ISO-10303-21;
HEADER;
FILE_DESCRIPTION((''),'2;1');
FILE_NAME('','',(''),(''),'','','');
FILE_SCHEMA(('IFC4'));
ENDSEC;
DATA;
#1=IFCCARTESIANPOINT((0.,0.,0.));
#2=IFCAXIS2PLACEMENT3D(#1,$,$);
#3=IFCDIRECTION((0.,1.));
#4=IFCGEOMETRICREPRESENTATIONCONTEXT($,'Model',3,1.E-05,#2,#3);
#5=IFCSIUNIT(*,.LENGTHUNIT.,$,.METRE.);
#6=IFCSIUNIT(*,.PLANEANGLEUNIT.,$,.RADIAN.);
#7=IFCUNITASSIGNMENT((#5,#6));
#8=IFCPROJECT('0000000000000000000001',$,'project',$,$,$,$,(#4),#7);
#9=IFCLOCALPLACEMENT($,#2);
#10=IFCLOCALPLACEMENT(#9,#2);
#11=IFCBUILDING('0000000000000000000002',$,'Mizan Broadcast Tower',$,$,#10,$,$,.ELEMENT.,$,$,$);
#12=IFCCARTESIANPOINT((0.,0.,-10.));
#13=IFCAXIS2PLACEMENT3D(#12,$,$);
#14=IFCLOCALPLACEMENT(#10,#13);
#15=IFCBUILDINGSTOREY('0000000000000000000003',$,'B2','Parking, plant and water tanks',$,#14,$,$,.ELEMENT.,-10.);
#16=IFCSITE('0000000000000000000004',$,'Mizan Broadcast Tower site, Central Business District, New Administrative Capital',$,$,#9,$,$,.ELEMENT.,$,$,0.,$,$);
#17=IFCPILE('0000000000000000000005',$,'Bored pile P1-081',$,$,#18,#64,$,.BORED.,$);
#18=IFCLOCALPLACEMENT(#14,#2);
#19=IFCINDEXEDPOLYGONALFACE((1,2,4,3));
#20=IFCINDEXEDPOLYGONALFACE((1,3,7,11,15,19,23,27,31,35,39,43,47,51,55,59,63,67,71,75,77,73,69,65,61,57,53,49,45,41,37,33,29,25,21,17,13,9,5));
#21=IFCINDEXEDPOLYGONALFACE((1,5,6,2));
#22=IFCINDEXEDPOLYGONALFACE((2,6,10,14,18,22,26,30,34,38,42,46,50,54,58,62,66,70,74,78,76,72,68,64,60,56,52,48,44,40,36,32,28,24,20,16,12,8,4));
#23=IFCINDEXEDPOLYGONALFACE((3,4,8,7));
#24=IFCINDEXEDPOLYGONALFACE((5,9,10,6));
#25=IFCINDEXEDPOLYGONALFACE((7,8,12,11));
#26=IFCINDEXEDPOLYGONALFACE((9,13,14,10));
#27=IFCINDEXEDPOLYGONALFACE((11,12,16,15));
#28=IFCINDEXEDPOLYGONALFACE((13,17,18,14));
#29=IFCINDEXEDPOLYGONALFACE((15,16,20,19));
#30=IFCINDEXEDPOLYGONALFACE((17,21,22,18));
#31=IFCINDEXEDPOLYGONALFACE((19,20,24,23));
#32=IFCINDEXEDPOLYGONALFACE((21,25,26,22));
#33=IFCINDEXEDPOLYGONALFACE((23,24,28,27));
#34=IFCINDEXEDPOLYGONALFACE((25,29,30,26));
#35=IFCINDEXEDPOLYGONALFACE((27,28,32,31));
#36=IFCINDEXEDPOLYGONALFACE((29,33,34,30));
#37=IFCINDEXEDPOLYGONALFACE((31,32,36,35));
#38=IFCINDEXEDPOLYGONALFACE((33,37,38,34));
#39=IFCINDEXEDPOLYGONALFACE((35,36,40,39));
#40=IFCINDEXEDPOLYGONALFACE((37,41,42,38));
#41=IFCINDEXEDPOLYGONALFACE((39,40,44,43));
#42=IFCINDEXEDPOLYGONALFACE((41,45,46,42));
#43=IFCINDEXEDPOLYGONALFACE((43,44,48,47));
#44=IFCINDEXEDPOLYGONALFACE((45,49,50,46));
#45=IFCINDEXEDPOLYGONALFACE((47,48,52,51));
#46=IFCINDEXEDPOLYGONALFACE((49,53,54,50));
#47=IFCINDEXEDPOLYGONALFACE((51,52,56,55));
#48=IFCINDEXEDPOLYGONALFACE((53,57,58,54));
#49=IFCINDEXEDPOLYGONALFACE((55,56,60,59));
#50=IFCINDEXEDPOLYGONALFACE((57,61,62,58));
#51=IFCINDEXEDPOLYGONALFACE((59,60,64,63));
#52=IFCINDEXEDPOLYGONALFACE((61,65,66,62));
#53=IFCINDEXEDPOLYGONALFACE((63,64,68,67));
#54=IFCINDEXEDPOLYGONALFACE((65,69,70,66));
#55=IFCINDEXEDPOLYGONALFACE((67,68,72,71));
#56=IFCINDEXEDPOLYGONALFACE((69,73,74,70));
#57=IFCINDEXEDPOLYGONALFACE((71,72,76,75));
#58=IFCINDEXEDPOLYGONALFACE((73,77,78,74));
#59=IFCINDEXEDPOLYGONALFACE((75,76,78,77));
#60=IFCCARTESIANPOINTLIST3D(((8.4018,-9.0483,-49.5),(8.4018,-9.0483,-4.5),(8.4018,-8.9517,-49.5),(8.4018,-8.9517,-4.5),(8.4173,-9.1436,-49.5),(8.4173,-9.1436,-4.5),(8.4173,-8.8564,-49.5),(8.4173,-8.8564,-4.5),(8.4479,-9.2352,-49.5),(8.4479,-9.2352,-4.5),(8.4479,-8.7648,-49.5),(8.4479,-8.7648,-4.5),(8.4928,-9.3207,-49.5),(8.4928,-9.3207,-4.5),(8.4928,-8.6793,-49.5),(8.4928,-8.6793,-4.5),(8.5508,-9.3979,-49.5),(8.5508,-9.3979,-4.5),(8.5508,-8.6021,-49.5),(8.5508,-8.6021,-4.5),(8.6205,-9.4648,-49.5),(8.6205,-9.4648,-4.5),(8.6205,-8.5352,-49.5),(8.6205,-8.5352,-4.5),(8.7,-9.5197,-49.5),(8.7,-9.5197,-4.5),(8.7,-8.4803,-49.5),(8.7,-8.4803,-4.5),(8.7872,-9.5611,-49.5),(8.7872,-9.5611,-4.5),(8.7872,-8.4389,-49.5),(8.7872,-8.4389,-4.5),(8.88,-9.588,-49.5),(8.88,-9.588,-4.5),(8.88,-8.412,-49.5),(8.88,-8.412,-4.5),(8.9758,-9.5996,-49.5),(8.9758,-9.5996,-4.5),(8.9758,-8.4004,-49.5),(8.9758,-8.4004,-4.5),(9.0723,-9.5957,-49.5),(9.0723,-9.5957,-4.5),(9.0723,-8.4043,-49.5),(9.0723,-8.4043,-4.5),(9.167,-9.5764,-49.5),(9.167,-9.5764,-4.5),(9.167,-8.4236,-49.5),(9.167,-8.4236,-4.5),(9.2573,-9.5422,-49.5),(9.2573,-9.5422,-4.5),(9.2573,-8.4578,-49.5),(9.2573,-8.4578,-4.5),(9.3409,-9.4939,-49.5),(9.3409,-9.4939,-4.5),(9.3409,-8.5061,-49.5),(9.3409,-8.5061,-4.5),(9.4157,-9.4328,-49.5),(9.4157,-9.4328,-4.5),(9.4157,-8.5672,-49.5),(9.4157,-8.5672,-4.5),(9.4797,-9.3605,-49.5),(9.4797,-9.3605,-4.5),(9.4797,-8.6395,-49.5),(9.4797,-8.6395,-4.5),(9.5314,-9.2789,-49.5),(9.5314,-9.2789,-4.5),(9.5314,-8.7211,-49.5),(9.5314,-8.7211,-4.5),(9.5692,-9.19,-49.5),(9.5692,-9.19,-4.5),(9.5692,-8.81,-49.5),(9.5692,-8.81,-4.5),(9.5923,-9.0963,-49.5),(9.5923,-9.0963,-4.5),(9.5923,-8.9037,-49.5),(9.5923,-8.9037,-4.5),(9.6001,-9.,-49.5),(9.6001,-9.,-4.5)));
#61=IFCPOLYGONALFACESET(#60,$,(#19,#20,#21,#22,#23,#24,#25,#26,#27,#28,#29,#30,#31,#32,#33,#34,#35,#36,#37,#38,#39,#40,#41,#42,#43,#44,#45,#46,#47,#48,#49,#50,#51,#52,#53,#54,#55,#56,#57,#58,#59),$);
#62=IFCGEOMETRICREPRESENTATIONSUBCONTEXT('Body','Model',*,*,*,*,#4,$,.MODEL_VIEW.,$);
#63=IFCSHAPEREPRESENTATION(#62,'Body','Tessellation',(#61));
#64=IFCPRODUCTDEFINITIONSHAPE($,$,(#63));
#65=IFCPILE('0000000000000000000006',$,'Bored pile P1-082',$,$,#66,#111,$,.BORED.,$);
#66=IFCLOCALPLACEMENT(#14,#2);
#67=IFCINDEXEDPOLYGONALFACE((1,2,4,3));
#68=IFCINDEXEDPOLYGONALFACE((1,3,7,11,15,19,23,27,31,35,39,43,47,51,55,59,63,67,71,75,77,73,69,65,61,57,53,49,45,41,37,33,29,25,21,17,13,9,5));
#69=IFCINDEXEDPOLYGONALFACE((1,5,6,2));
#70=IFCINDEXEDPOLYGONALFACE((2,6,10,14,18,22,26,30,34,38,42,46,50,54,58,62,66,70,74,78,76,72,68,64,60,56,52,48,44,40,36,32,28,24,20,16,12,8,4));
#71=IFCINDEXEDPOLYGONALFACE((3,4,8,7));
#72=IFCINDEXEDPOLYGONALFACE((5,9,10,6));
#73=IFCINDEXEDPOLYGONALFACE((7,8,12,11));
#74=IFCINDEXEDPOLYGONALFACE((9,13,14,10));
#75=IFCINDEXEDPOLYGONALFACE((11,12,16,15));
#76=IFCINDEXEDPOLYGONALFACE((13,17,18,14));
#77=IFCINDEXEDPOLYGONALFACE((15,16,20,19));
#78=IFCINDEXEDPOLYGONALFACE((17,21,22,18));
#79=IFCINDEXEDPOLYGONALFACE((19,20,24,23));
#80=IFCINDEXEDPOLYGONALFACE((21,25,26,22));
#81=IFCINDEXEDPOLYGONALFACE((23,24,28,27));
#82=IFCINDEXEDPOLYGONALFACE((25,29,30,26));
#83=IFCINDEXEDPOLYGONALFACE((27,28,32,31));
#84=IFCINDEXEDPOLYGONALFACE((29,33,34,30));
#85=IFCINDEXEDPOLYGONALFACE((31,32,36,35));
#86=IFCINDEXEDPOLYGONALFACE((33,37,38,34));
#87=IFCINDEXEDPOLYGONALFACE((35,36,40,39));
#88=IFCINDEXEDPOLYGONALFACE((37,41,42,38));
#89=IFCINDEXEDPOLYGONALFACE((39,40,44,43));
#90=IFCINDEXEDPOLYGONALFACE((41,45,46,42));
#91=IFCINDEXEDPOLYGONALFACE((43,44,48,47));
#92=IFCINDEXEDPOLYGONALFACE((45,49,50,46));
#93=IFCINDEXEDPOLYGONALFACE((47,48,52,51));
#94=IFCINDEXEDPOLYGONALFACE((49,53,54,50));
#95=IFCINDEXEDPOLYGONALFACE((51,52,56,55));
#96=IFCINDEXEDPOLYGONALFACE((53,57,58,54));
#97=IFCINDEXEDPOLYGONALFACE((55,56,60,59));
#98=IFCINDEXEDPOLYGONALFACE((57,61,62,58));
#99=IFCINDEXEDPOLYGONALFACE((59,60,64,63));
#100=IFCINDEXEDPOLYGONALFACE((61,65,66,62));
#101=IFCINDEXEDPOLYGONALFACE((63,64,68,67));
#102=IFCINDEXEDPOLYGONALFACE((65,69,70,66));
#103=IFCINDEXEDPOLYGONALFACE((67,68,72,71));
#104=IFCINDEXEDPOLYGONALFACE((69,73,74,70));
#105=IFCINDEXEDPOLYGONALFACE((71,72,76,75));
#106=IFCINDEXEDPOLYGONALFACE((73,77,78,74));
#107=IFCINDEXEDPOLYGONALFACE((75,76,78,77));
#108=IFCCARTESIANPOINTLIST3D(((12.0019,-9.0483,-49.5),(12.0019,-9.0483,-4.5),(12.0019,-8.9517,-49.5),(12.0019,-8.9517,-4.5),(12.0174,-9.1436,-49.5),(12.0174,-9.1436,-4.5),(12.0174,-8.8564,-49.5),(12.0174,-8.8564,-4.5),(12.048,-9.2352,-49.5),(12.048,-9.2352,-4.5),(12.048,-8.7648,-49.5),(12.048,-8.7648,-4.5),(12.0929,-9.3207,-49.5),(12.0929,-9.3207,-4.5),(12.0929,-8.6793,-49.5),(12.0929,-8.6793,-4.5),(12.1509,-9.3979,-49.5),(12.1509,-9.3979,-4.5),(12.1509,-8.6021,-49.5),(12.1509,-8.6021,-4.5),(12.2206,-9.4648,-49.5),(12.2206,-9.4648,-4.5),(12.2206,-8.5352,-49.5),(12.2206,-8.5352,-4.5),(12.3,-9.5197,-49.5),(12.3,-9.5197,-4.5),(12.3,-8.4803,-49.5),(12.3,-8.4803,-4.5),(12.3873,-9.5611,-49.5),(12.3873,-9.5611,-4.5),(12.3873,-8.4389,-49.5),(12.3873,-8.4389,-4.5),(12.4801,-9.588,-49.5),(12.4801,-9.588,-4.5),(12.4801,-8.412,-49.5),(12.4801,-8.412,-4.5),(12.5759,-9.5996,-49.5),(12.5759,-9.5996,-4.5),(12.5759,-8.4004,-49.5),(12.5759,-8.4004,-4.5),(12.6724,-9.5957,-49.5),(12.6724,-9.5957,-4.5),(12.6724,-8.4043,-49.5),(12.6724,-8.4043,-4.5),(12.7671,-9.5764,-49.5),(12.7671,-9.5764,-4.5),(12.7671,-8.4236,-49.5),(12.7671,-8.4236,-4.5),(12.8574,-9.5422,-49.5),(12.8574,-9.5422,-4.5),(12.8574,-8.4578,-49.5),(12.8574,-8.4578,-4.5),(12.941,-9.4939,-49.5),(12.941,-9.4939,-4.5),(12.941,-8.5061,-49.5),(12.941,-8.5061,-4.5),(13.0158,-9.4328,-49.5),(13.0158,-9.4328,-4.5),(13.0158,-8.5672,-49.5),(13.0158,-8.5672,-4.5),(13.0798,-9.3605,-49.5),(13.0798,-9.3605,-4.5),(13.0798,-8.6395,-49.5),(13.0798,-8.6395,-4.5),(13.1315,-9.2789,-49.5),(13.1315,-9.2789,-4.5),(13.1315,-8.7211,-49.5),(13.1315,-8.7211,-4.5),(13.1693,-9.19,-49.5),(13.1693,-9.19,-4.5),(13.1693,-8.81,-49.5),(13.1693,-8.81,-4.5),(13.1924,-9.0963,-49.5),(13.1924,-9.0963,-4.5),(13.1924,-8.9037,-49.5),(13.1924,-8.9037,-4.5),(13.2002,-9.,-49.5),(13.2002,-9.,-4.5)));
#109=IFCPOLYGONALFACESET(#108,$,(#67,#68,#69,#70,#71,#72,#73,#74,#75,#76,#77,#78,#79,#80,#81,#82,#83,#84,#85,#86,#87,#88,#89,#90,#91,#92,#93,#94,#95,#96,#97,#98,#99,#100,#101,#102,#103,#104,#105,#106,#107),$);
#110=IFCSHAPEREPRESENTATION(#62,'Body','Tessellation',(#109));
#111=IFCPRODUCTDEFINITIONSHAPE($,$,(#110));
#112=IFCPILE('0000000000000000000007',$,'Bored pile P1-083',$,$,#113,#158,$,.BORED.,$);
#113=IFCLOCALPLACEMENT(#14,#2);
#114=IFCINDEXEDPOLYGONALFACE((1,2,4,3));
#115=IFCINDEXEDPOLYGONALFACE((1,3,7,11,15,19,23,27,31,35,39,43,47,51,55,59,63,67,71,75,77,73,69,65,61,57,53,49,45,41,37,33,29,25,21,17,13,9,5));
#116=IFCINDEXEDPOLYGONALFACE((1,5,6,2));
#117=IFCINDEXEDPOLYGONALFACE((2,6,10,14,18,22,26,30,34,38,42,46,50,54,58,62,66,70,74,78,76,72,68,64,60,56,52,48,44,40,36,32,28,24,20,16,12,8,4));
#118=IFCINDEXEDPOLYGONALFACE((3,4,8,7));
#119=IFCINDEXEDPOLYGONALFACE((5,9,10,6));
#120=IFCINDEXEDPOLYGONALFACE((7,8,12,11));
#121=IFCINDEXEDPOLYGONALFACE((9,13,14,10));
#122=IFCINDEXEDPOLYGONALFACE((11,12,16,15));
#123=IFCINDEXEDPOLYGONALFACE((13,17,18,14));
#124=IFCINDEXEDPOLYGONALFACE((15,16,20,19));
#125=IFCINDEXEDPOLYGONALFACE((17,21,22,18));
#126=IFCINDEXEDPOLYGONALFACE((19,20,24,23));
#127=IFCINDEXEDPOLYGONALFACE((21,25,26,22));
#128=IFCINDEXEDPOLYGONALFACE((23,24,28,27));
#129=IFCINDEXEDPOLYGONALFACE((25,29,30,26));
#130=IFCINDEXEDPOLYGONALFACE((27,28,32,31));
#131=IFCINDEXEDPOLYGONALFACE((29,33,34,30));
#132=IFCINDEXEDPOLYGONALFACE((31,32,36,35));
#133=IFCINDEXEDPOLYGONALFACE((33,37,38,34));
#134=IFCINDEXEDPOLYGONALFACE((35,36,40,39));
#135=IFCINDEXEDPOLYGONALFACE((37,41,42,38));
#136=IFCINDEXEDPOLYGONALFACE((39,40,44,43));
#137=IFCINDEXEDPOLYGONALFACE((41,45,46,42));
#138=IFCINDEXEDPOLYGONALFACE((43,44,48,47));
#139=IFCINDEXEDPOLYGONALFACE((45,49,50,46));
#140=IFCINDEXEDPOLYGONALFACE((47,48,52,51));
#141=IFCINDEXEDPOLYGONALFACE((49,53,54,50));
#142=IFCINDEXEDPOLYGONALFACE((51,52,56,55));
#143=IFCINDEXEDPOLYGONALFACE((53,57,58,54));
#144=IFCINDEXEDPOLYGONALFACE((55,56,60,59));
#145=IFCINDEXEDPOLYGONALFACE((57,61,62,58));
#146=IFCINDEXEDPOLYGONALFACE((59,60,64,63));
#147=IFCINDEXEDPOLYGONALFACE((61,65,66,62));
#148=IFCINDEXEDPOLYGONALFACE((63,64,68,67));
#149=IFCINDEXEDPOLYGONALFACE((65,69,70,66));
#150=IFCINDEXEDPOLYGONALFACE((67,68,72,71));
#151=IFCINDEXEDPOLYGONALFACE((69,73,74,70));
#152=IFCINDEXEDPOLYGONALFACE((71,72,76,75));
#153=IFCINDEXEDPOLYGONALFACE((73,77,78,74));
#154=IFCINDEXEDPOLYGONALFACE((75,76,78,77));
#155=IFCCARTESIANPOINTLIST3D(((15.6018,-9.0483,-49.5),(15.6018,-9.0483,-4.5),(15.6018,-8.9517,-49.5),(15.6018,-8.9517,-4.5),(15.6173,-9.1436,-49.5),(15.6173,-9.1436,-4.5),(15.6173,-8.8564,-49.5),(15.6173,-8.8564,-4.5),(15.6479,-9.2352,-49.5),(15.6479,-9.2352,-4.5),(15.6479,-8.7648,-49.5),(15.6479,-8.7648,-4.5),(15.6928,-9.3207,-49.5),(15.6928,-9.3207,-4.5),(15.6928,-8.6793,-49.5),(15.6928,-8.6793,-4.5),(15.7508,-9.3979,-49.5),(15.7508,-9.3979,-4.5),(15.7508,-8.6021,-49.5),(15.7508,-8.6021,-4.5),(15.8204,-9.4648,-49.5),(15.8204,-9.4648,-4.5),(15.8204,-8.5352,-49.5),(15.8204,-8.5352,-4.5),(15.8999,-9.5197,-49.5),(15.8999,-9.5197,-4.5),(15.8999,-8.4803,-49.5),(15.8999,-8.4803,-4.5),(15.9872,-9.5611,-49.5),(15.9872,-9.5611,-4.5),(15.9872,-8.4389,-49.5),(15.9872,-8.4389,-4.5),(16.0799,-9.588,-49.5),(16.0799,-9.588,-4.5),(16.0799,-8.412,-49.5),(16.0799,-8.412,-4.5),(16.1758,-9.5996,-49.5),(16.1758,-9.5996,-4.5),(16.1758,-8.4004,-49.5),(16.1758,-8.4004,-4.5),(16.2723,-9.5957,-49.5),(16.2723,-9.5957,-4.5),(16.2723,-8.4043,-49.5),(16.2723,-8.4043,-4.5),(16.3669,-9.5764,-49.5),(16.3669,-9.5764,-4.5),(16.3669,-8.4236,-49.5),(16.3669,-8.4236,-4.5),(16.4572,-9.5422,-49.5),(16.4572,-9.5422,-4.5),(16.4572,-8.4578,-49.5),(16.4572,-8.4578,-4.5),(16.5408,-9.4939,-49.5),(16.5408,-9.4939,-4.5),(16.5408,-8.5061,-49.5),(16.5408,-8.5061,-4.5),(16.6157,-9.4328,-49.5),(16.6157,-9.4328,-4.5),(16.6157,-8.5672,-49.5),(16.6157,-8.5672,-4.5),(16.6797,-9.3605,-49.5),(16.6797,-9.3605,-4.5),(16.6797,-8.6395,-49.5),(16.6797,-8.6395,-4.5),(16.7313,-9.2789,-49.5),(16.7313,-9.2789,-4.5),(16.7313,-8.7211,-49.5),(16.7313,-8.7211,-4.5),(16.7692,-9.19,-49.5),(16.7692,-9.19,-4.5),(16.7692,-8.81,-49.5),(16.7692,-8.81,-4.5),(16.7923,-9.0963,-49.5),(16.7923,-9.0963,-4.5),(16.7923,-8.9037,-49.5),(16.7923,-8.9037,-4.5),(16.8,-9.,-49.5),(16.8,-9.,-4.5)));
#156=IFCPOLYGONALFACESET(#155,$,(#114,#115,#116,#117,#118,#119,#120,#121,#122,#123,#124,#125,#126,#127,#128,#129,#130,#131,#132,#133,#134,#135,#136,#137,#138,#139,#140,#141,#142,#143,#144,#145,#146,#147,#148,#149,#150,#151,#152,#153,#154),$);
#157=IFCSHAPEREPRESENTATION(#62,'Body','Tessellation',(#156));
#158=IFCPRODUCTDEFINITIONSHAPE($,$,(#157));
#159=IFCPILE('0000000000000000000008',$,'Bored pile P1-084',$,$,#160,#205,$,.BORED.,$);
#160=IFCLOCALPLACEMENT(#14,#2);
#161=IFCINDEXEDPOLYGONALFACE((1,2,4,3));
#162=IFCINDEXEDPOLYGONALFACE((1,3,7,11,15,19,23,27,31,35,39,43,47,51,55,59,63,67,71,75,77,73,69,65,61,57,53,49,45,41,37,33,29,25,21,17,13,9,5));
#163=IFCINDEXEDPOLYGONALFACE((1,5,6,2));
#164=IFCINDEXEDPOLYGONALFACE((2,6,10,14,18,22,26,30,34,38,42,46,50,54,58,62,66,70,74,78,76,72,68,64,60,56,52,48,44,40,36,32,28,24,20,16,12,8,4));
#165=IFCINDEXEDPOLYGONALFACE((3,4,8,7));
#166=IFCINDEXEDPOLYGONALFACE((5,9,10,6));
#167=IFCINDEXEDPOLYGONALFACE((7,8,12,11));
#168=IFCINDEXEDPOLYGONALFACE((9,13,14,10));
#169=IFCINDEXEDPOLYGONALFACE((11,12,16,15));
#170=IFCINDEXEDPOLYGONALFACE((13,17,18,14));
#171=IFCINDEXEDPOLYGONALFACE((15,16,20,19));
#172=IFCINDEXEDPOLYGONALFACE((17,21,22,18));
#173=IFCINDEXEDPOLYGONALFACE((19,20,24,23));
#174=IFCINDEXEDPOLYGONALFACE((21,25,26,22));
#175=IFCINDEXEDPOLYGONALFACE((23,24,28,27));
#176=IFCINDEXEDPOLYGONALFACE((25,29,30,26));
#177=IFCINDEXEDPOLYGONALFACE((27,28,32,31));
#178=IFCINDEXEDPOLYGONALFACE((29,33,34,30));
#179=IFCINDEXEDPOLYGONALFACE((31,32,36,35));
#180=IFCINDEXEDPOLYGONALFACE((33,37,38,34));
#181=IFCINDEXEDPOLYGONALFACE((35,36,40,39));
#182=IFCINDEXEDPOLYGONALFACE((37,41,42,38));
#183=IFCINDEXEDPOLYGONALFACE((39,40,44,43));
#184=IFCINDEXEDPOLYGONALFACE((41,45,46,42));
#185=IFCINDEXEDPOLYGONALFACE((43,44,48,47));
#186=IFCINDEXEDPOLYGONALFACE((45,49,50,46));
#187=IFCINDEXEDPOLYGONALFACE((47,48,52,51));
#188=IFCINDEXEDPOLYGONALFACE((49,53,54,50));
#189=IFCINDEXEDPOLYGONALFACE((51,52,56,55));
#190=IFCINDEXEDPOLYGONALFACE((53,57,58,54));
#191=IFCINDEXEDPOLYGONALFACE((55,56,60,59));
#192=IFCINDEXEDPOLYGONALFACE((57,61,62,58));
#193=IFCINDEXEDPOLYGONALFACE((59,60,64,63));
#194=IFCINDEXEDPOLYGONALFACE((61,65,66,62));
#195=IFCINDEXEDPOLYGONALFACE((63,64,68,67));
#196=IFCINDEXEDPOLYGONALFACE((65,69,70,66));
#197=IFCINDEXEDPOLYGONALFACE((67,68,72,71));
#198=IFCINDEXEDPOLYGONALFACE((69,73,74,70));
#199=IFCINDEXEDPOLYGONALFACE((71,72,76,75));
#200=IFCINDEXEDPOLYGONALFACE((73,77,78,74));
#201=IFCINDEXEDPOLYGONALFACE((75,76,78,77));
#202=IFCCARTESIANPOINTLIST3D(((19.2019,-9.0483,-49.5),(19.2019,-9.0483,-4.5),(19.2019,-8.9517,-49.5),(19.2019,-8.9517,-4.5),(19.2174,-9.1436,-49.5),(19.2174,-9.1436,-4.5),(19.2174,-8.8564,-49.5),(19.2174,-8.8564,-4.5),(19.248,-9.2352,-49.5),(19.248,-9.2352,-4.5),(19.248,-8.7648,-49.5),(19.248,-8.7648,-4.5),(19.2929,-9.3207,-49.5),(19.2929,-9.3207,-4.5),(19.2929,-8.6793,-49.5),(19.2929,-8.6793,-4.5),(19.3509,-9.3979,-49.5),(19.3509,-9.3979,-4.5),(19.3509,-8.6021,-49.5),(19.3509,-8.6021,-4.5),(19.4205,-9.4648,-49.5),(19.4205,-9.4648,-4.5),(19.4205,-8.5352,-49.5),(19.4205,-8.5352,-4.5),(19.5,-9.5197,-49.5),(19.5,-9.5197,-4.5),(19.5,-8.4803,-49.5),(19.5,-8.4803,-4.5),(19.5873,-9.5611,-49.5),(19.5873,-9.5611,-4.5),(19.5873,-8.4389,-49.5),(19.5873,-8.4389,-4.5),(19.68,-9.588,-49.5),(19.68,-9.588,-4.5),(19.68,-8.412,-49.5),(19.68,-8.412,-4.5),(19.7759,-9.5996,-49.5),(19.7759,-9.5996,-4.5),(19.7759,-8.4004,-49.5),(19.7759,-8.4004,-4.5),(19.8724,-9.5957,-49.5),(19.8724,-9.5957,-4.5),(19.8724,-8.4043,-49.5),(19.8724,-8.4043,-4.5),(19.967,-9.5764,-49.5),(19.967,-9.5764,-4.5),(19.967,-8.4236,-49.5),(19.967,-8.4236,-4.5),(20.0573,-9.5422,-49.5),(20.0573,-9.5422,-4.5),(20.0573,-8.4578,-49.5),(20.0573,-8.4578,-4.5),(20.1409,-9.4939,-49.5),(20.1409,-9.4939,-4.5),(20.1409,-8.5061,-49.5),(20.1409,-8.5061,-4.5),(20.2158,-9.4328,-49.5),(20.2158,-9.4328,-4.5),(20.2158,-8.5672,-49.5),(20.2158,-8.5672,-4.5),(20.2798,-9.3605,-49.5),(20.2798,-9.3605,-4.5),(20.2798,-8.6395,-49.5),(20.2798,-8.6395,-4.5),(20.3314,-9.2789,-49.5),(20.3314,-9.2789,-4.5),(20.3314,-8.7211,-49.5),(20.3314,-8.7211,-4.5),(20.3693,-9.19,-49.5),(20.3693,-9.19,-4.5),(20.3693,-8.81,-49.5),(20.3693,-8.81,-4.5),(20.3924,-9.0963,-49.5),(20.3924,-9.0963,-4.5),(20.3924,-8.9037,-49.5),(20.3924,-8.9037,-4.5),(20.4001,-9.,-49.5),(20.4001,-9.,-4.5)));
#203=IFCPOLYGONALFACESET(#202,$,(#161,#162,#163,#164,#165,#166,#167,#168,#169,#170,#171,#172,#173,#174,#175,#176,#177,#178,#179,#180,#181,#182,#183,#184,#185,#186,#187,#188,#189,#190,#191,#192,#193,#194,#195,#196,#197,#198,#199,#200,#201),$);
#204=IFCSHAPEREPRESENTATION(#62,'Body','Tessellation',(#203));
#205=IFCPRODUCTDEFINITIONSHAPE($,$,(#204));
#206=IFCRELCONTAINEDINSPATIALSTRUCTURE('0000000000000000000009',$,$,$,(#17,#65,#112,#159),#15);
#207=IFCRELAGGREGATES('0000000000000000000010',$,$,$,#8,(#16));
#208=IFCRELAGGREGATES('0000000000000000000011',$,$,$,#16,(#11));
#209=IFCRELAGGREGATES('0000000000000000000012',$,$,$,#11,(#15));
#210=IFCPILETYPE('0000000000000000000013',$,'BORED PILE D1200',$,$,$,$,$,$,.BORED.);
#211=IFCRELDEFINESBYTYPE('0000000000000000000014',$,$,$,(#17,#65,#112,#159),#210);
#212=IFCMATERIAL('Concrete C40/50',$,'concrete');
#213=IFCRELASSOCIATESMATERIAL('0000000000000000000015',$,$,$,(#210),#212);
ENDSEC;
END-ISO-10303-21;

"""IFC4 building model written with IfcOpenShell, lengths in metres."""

from ifc_helpers import new_model, si_unit, direction, frame, origin, origin_2d, place, context, subcontext, project, spatial, circle, extrude, material, material_profile, profile_set, type_object, element, save


model = new_model("IFC4")

# Units and contexts
model_context = context("Model", 3, precision=1e-05, world=origin(), true_north=direction((0.0, 1.0)))
body_context = subcontext(model_context, "Body", "Model", "MODEL_VIEW")
ifc_project = project(units=[si_unit("LENGTHUNIT", "METRE"), si_unit("PLANEANGLEUNIT", "RADIAN")], contexts=[model_context])

# Site, building, storey
site_placement = place(None, origin())
site = spatial("IfcSite", under=ifc_project, at=site_placement, Name="Mizan Broadcast Tower site, Central Business District, New Administrative Capital", CompositionType="ELEMENT", RefElevation=0.0)
building_placement = place(site_placement, origin())
building = spatial("IfcBuilding", under=site, at=building_placement, Name="Mizan Broadcast Tower", CompositionType="ELEMENT")
storey_placement = place(building_placement, frame((0.0, 0.0, -10.0)))
storey = spatial("IfcBuildingStorey", under=building, at=storey_placement, Name="B2", Description="Parking, plant and water tanks", CompositionType="ELEMENT", Elevation=-10.0)

# Piles
ifc_material_1 = material(Name="Concrete C40/50", Category="concrete")
ifc_material_profile_1 = material_profile(ifc_material_1, circle(Radius=0.6001, at=origin_2d()), Name="D1200")
ifc_profile_set_1 = profile_set([ifc_material_profile_1], Name="Concrete C40/50")
pile_type = type_object("IfcPileType", Name="BORED PILE D1200", PredefinedType="BORED", material=ifc_profile_set_1)
for number, where, z_axis, x_axis, name in (
    (1, (9.0, -9.0, -4.5), (0.0, 0.0, -1.0), (1.0, 0.0, 0.0), "Bored pile P1-081"),
    (2, (12.6001, -9.0, -4.5), (0.0, 0.0, -1.0), (1.0, 0.0, 0.0), "Bored pile P1-082"),
    (3, (16.2, -9.0, -4.5), (0.0, 0.0, -1.0), (1.0, 0.0, 0.0), "Bored pile P1-083"),
    (4, (19.8, -9.0, -4.5), (0.0, 0.0, -1.0), (1.0, 0.0, 0.0), "Bored pile P1-084"),
):
    element("IfcPile", number, at=place(storey_placement, frame(where, z_axis=z_axis, x_axis=x_axis)), inside=storey, type_object=pile_type, Name=name, PredefinedType="BORED", context=body_context, shape_type="SweptSolid", body=[
        extrude(circle(Radius=0.6001, at=origin_2d()), origin(), (0.0, 0.0, 1.0), 45.0),
    ])

save(model, "model.ifc")
